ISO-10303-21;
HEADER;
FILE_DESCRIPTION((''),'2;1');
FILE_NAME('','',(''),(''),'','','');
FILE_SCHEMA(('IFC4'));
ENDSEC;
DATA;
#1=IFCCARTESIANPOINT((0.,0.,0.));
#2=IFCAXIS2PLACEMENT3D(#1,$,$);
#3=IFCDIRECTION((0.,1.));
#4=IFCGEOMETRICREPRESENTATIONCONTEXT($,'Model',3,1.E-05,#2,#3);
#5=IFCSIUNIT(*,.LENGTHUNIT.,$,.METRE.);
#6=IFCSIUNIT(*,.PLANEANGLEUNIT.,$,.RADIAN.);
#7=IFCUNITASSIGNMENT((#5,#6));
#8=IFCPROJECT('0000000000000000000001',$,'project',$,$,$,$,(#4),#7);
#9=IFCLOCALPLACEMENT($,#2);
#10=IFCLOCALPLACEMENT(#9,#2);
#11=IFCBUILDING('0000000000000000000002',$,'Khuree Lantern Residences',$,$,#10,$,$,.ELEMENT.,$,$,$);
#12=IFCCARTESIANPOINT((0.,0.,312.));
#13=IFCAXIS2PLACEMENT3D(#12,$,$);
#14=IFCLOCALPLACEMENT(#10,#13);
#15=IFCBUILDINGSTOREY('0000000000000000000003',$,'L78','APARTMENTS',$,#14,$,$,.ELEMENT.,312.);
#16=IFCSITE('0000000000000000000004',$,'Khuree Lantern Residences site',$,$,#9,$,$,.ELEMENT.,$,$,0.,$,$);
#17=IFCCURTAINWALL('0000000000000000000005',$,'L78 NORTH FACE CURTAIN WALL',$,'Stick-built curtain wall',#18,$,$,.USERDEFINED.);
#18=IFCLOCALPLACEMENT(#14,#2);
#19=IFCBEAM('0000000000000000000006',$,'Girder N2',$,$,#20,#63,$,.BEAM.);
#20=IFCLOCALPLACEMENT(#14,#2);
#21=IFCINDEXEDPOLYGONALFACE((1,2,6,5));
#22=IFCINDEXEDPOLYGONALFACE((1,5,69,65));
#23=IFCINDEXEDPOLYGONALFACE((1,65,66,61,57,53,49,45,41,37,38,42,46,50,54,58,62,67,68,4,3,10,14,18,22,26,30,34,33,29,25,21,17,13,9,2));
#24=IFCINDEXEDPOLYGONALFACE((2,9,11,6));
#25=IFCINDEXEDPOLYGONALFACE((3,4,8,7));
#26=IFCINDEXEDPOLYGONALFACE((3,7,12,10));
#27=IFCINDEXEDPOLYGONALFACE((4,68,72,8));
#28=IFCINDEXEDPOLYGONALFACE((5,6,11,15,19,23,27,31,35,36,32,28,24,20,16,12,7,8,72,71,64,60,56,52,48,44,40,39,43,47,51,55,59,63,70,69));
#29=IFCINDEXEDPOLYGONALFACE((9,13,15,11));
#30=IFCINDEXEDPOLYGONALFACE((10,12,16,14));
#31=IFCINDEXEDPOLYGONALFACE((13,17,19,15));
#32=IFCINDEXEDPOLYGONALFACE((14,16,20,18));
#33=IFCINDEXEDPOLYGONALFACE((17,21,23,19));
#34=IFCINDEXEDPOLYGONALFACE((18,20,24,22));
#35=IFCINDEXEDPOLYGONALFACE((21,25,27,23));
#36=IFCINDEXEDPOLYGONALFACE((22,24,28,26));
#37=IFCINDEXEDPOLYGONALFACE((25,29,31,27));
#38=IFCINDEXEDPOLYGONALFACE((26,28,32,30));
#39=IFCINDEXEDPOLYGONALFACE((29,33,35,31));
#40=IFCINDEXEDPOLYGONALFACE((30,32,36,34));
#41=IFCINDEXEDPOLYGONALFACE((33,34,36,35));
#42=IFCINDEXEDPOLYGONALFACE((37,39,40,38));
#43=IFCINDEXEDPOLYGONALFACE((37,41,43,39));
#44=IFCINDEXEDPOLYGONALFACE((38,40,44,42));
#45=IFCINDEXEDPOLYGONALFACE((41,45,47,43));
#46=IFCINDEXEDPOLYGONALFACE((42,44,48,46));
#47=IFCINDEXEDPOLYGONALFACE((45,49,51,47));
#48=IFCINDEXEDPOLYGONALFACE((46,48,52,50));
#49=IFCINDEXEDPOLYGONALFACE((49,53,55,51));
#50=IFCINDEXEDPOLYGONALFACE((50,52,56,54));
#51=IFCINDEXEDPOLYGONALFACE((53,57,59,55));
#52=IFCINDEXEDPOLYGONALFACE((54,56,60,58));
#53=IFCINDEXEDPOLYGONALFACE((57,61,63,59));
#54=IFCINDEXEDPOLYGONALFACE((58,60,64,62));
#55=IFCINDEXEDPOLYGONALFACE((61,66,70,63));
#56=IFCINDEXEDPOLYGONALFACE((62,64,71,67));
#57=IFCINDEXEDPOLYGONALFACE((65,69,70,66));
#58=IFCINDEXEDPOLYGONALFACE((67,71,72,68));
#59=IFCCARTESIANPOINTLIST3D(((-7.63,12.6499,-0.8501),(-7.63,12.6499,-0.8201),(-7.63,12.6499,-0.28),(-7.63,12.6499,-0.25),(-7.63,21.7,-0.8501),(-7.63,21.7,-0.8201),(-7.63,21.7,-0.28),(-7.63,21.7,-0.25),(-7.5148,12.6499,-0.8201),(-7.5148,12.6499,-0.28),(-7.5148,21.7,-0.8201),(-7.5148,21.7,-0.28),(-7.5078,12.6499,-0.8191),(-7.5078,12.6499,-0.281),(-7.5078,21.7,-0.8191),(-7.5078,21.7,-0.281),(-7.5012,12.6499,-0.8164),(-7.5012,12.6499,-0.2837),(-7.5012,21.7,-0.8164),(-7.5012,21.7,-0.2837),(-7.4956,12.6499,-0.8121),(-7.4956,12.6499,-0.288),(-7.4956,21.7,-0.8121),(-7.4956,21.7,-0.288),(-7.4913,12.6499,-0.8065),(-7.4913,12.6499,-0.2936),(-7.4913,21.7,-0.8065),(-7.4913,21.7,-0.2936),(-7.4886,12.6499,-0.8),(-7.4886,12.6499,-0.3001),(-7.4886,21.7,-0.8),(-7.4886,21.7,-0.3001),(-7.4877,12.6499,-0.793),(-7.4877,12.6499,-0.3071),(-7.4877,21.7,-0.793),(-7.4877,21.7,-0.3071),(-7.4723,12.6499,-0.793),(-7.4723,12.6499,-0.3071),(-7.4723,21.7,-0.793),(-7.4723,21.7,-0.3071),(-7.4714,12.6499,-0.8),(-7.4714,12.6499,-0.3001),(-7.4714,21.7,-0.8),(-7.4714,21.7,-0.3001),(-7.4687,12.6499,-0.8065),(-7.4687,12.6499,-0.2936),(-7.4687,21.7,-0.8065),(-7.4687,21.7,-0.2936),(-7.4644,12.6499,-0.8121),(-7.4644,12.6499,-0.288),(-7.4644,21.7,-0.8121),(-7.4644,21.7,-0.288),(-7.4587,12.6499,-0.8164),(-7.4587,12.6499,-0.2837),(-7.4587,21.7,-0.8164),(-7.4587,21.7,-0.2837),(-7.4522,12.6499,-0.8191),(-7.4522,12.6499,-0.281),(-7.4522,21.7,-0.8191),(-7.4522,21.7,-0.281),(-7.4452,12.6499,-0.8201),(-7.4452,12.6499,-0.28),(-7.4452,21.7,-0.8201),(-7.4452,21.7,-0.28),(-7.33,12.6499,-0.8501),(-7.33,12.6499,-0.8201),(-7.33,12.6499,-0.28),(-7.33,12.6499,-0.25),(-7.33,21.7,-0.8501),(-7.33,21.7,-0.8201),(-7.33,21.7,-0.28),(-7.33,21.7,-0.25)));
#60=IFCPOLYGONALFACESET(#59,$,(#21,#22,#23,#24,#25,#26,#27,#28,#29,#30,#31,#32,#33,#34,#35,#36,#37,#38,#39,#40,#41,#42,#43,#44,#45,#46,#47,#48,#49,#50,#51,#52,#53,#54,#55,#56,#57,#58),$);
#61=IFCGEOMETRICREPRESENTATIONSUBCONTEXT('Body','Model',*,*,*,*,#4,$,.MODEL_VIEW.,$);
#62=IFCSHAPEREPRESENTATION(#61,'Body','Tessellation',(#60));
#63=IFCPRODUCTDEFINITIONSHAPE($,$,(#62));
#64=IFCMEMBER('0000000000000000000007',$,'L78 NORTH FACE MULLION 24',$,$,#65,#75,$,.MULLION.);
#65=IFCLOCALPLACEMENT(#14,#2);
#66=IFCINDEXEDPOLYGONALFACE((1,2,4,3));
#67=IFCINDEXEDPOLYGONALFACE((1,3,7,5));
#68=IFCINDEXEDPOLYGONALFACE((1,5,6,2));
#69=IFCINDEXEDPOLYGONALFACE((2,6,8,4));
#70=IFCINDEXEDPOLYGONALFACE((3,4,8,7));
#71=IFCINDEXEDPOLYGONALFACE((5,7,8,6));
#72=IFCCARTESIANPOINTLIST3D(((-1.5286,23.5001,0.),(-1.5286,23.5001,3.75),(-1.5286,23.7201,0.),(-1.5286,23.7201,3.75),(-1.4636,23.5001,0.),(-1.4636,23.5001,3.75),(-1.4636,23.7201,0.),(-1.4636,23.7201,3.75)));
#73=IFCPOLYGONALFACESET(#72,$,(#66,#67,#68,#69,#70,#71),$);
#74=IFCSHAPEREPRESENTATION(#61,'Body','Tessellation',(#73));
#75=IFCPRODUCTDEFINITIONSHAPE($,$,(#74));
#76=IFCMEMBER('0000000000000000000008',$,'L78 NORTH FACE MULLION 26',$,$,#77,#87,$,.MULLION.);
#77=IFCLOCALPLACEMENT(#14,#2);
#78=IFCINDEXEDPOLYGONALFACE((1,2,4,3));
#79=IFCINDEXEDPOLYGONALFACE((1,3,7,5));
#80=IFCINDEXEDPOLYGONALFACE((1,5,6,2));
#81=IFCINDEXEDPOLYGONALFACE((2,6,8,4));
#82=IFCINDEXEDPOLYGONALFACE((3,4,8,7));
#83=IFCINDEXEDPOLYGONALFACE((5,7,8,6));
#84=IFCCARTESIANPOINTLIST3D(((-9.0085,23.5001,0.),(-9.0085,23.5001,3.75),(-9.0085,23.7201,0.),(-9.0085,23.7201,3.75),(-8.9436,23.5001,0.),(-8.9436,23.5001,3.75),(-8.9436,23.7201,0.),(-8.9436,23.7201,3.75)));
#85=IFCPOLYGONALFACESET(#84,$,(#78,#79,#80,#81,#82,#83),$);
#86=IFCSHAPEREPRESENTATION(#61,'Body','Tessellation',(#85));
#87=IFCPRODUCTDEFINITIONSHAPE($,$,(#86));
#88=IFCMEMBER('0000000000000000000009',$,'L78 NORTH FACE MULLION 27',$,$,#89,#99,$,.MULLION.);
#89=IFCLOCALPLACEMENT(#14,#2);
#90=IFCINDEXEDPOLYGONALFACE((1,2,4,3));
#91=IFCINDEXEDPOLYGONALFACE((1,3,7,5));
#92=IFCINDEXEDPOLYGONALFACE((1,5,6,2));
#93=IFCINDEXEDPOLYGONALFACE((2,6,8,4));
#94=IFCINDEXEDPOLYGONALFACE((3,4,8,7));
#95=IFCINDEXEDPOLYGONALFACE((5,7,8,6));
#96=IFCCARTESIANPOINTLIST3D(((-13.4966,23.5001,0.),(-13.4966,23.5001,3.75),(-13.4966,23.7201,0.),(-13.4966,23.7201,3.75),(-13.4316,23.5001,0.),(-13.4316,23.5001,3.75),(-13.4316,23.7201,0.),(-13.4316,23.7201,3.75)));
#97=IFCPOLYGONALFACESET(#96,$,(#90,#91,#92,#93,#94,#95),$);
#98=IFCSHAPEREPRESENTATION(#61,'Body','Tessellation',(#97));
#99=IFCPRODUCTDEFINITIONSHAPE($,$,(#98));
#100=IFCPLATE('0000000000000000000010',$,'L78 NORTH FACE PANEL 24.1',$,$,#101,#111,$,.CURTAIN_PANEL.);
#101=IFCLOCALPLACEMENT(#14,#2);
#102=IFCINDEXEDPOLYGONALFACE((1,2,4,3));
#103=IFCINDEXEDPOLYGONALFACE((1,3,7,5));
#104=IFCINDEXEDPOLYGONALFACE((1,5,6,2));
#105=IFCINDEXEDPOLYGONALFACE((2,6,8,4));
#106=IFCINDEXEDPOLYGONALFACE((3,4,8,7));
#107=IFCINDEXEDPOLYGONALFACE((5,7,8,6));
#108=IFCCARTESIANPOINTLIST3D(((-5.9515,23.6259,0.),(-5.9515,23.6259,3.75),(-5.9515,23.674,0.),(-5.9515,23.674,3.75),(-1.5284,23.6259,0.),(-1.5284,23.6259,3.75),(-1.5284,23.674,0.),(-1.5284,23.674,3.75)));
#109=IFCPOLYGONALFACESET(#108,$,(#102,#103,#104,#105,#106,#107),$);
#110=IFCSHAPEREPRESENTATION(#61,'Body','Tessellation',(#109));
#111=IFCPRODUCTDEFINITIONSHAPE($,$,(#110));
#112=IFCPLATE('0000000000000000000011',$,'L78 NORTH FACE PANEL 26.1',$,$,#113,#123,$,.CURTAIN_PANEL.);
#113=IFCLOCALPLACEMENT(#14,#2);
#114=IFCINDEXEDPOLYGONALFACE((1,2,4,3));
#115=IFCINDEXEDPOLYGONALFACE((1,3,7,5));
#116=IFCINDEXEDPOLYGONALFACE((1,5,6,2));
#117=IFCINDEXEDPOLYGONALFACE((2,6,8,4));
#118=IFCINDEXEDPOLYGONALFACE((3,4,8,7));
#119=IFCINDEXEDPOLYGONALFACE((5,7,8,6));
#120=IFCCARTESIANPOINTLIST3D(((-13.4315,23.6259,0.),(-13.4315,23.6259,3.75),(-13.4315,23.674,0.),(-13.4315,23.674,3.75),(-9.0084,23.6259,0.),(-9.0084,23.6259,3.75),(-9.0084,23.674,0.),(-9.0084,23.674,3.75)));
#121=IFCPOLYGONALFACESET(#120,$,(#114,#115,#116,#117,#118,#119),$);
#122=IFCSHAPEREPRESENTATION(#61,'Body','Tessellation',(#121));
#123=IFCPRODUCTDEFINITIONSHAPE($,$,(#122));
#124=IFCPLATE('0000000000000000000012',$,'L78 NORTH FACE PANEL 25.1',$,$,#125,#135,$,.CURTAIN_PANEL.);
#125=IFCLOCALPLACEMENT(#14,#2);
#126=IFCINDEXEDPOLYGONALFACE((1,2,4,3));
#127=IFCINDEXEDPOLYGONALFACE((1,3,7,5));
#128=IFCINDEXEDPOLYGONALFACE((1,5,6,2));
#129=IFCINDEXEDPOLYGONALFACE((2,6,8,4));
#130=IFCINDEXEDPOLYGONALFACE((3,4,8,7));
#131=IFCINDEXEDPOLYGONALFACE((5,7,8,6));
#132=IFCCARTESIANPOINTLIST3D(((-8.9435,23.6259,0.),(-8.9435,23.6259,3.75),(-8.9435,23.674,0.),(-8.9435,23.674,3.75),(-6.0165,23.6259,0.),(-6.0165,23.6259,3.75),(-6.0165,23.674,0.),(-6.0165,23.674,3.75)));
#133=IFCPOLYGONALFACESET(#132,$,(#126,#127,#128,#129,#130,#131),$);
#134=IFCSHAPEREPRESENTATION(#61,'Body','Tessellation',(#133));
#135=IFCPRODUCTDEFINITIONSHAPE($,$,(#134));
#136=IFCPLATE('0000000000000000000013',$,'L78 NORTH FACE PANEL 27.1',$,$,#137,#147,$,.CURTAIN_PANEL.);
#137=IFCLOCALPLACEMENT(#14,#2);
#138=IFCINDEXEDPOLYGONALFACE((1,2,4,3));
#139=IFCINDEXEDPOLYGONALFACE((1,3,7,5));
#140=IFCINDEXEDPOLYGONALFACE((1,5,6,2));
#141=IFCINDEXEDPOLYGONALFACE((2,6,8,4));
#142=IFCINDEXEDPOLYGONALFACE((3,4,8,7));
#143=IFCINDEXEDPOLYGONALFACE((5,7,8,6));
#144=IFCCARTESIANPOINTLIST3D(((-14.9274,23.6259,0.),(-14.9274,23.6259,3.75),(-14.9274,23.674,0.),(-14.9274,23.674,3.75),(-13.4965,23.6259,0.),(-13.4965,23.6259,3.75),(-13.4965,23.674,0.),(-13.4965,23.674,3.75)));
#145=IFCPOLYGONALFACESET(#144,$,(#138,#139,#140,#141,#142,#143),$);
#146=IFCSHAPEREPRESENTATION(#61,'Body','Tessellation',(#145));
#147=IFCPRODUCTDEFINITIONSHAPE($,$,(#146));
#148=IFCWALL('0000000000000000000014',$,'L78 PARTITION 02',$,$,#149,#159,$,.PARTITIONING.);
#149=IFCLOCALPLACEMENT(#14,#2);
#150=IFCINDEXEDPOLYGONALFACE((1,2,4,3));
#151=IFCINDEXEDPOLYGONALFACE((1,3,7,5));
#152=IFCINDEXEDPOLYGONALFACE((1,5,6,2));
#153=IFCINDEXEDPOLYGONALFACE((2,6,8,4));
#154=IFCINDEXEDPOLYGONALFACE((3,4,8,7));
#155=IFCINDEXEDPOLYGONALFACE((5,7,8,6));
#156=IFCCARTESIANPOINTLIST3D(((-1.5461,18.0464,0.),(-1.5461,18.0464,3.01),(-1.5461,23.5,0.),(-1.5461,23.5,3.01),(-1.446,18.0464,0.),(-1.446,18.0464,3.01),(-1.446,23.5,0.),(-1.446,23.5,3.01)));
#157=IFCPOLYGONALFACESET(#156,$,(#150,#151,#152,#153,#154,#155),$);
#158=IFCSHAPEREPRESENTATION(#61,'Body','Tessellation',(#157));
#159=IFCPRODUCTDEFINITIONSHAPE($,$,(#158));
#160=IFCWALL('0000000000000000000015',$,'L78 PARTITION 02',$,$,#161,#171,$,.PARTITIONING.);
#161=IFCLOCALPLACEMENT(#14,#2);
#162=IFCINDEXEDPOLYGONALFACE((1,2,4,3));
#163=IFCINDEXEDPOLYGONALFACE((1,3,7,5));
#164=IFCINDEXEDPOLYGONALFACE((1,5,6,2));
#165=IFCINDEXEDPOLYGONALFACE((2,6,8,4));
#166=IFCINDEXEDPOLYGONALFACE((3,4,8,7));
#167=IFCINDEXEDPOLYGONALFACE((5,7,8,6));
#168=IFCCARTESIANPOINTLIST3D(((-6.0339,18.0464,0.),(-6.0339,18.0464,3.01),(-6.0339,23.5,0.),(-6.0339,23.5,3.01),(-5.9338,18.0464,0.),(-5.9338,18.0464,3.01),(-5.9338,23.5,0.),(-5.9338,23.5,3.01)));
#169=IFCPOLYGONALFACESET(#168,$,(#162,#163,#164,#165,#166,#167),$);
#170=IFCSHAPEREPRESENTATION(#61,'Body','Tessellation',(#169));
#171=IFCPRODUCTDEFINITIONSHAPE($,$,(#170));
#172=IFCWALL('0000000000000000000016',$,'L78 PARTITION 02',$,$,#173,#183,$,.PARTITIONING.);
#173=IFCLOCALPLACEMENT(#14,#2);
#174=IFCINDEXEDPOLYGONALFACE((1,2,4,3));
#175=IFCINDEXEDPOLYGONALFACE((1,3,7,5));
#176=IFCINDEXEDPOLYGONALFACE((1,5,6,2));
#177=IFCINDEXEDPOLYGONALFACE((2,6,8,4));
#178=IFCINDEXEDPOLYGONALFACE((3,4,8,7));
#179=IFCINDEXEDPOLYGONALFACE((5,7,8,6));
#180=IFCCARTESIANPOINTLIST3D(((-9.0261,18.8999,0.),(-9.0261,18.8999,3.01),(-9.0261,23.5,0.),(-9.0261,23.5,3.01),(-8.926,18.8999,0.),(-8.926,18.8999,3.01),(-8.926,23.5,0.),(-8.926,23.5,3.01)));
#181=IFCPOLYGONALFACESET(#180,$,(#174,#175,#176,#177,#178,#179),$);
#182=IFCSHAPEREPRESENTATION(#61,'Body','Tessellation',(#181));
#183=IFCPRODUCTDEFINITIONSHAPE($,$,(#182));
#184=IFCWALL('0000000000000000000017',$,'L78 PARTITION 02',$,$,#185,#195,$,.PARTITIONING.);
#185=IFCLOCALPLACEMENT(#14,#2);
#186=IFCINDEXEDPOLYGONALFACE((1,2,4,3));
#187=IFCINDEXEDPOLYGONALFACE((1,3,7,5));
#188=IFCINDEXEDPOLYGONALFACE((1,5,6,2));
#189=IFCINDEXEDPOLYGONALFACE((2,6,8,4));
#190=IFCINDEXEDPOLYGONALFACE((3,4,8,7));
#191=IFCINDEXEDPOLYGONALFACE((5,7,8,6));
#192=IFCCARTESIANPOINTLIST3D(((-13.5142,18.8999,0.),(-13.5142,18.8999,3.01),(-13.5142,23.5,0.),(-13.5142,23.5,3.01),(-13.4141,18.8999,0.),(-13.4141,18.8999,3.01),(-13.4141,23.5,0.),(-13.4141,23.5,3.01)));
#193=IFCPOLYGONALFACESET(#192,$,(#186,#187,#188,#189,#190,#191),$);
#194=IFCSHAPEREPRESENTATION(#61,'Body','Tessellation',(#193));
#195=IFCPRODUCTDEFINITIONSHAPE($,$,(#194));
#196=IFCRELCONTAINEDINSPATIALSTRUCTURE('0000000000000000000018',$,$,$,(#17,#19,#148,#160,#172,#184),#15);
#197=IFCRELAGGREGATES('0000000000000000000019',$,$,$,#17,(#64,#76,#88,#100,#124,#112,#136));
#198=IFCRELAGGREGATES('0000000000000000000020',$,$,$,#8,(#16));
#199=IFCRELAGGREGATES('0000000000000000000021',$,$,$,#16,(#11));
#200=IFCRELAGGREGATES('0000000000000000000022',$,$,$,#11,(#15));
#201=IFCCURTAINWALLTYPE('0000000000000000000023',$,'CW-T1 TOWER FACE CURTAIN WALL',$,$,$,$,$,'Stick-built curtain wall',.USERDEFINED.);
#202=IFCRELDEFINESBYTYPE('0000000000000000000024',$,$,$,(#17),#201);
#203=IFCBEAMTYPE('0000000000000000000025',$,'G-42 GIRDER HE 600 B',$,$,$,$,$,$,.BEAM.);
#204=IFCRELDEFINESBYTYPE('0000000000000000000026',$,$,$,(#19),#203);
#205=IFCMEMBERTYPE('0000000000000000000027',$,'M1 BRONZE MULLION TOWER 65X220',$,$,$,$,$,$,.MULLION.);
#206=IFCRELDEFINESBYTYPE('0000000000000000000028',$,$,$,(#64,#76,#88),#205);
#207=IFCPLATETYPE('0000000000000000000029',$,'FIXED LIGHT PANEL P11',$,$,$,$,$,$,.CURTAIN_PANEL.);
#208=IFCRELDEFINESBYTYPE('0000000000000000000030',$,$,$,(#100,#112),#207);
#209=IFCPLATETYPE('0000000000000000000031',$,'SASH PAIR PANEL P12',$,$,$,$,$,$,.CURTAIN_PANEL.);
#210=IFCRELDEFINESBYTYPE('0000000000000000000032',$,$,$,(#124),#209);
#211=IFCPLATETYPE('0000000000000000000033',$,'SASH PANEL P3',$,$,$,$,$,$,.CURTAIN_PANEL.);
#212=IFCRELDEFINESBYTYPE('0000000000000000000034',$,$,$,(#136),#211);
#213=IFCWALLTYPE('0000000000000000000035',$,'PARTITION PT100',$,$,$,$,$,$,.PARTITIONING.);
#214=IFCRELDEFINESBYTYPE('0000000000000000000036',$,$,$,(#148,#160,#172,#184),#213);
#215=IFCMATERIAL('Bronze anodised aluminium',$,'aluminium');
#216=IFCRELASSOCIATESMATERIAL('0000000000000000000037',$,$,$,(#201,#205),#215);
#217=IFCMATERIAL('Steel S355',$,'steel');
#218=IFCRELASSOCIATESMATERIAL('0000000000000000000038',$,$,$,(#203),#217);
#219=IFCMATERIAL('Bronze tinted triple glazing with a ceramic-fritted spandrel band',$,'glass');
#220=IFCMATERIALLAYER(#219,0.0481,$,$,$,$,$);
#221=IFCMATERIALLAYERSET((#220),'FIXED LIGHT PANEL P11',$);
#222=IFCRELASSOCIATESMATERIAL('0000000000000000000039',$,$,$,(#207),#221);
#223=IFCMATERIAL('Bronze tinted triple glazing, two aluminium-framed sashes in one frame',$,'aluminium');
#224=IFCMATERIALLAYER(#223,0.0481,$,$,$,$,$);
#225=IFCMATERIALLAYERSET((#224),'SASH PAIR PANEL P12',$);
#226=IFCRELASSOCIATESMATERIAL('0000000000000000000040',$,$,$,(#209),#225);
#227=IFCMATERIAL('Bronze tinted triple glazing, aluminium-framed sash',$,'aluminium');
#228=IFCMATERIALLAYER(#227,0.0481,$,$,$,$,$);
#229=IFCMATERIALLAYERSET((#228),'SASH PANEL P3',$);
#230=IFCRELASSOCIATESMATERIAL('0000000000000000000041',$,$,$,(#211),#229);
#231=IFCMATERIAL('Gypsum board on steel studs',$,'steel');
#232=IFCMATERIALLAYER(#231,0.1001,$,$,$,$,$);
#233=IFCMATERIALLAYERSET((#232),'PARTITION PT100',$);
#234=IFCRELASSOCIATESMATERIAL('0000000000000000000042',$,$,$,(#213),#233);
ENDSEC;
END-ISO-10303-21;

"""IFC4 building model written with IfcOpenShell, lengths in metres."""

from ifc_helpers import new_model, si_unit, direction, frame, frame_2d, origin, origin_2d, place, context, subcontext, project, spatial, rectangle, i_section, extrude, material, layer, layer_set, material_profile, profile_set, type_object, element, aggregate, save


model = new_model("IFC4")

# Units and contexts
model_context = context("Model", 3, precision=1e-05, world=origin(), true_north=direction((0.0, 1.0)))
body_context = subcontext(model_context, "Body", "Model", "MODEL_VIEW")
ifc_project = project(units=[si_unit("LENGTHUNIT", "METRE"), si_unit("PLANEANGLEUNIT", "RADIAN")], contexts=[model_context])

# Site, building, storey
site_placement = place(None, origin())
site = spatial("IfcSite", under=ifc_project, at=site_placement, Name="Khuree Lantern Residences site", CompositionType="ELEMENT", RefElevation=0.0)
building_placement = place(site_placement, origin())
building = spatial("IfcBuilding", under=site, at=building_placement, Name="Khuree Lantern Residences", CompositionType="ELEMENT")
storey_placement = place(building_placement, frame((0.0, 0.0, 312.0)))
storey = spatial("IfcBuildingStorey", under=building, at=storey_placement, Name="L78", Description="APARTMENTS", CompositionType="ELEMENT", Elevation=312.0)

# Shared definitions
ifc_material_1 = material(Name="Steel S355", Category="steel")

# Curtain wall
ifc_material_2 = material(Name="Bronze anodised aluminium", Category="aluminium")
curtain_wall_type = type_object("IfcCurtainWallType", Name="CW-T1 TOWER FACE CURTAIN WALL", ElementType="Stick-built curtain wall", PredefinedType="USERDEFINED", material=ifc_material_2)
curtain_wall_placement = place(storey_placement, origin())
curtain_wall = element("IfcCurtainWall", 1, at=curtain_wall_placement, inside=storey, type_object=curtain_wall_type, Name="L78 NORTH FACE CURTAIN WALL", ObjectType="Stick-built curtain wall", PredefinedType="USERDEFINED")

# Beam
ifc_material_profile_1 = material_profile(ifc_material_1, i_section(OverallWidth=0.3, OverallDepth=0.6001, WebThickness=0.0154, FlangeThickness=0.03, FilletRadius=0.0271, at=origin_2d()), Name="HE 600 B")
ifc_profile_set_1 = profile_set([ifc_material_profile_1], Name="Steel S355")
beam_type_1 = type_object("IfcBeamType", Name="G-42 GIRDER HE 600 B", PredefinedType="BEAM", material=ifc_profile_set_1)
beam_1_placement = place(storey_placement, frame((-7.48, 21.7, -0.55), z_axis=(0.0, -1.0, 0.0), x_axis=(1.0, 0.0, 0.0)))
element("IfcBeam", 2, at=beam_1_placement, inside=storey, type_object=beam_type_1, Name="Girder N2", PredefinedType="BEAM", context=body_context, shape_type="SweptSolid", body=[
    extrude(i_section(OverallWidth=0.3, OverallDepth=0.6001, WebThickness=0.0154, FlangeThickness=0.03, FilletRadius=0.0271, at=origin_2d()), origin(), (0.0, 0.0, 1.0), 9.05),
])

# Members
ifc_material_profile_2 = material_profile(ifc_material_2, rectangle(XDim=0.0649, YDim=0.22, at=origin_2d()), Name="M1 65X220")
ifc_profile_set_2 = profile_set([ifc_material_profile_2], Name="Bronze anodised aluminium")
member_type_1 = type_object("IfcMemberType", Name="M1 BRONZE MULLION TOWER 65X220", PredefinedType="MULLION", material=ifc_profile_set_2)
member_1_placement = place(storey_placement, frame((-1.4961, 23.6101, 0.0), z_axis=(0.0, 0.0, 1.0), x_axis=(-1.0, 0.0, 0.0)))
member_1 = element("IfcMember", 3, at=member_1_placement, type_object=member_type_1, Name="L78 NORTH FACE MULLION 24", PredefinedType="MULLION", context=body_context, shape_type="SweptSolid", body=[
    extrude(rectangle(XDim=0.0649, YDim=0.22, at=origin_2d()), origin(), (0.0, 0.0, 1.0), 3.75),
])
member_2_placement = place(storey_placement, frame((-8.9761, 23.6101, 0.0), z_axis=(0.0, 0.0, 1.0), x_axis=(-1.0, 0.0, 0.0)))
member_2 = element("IfcMember", 4, at=member_2_placement, type_object=member_type_1, Name="L78 NORTH FACE MULLION 26", PredefinedType="MULLION", context=body_context, shape_type="SweptSolid", body=[
    extrude(rectangle(XDim=0.0649, YDim=0.22, at=origin_2d()), origin(), (0.0, 0.0, 1.0), 3.75),
])
member_3_placement = place(storey_placement, frame((-13.4641, 23.6101, 0.0), z_axis=(0.0, 0.0, 1.0), x_axis=(-1.0, 0.0, 0.0)))
member_3 = element("IfcMember", 5, at=member_3_placement, type_object=member_type_1, Name="L78 NORTH FACE MULLION 27", PredefinedType="MULLION", context=body_context, shape_type="SweptSolid", body=[
    extrude(rectangle(XDim=0.0649, YDim=0.22, at=origin_2d()), origin(), (0.0, 0.0, 1.0), 3.75),
])

# Plates
ifc_material_3 = material(Name="Bronze tinted triple glazing with a ceramic-fritted spandrel band", Category="glass")
ifc_layer_1 = layer(ifc_material_3, 0.0481)
ifc_layer_set_1 = layer_set([ifc_layer_1], Name="FIXED LIGHT PANEL P11")
plate_type_1 = type_object("IfcPlateType", Name="FIXED LIGHT PANEL P11", PredefinedType="CURTAIN_PANEL", material=ifc_layer_set_1)
plate_1_placement = place(storey_placement, frame((-3.74, 23.6499, 0.0), z_axis=(0.0, 0.0, 1.0), x_axis=(-1.0, 0.0, 0.0)))
plate_1 = element("IfcPlate", 6, at=plate_1_placement, type_object=plate_type_1, Name="L78 NORTH FACE PANEL 24.1", PredefinedType="CURTAIN_PANEL", context=body_context, shape_type="SweptSolid", body=[
    extrude(rectangle(XDim=4.4231, YDim=0.0481, at=origin_2d()), origin(), (0.0, 0.0, 1.0), 3.75),
])
plate_2_placement = place(storey_placement, frame((-11.22, 23.6499, 0.0), z_axis=(0.0, 0.0, 1.0), x_axis=(-1.0, 0.0, 0.0)))
plate_2 = element("IfcPlate", 7, at=plate_2_placement, type_object=plate_type_1, Name="L78 NORTH FACE PANEL 26.1", PredefinedType="CURTAIN_PANEL", context=body_context, shape_type="SweptSolid", body=[
    extrude(rectangle(XDim=4.4231, YDim=0.0481, at=origin_2d()), origin(), (0.0, 0.0, 1.0), 3.75),
])
ifc_material_4 = material(Name="Bronze tinted triple glazing, two aluminium-framed sashes in one frame", Category="aluminium")
ifc_layer_2 = layer(ifc_material_4, 0.0481)
ifc_layer_set_2 = layer_set([ifc_layer_2], Name="SASH PAIR PANEL P12")
plate_type_2 = type_object("IfcPlateType", Name="SASH PAIR PANEL P12", PredefinedType="CURTAIN_PANEL", material=ifc_layer_set_2)
plate_3_placement = place(storey_placement, frame((-7.48, 23.6499, 0.0), z_axis=(0.0, 0.0, 1.0), x_axis=(-1.0, 0.0, 0.0)))
plate_3 = element("IfcPlate", 8, at=plate_3_placement, type_object=plate_type_2, Name="L78 NORTH FACE PANEL 25.1", PredefinedType="CURTAIN_PANEL", context=body_context, shape_type="SweptSolid", body=[
    extrude(rectangle(XDim=2.927, YDim=0.0481, at=origin_2d()), origin(), (0.0, 0.0, 1.0), 3.75),
])
ifc_material_5 = material(Name="Bronze tinted triple glazing, aluminium-framed sash", Category="aluminium")
ifc_layer_3 = layer(ifc_material_5, 0.0481)
ifc_layer_set_3 = layer_set([ifc_layer_3], Name="SASH PANEL P3")
plate_type_3 = type_object("IfcPlateType", Name="SASH PANEL P3", PredefinedType="CURTAIN_PANEL", material=ifc_layer_set_3)
plate_4_placement = place(storey_placement, frame((-14.2119, 23.6499, 0.0), z_axis=(0.0, 0.0, 1.0), x_axis=(-1.0, 0.0, 0.0)))
plate_4 = element("IfcPlate", 9, at=plate_4_placement, type_object=plate_type_3, Name="L78 NORTH FACE PANEL 27.1", PredefinedType="CURTAIN_PANEL", context=body_context, shape_type="SweptSolid", body=[
    extrude(rectangle(XDim=1.4309, YDim=0.0481, at=origin_2d()), origin(), (0.0, 0.0, 1.0), 3.75),
])
aggregate(curtain_wall, [member_1, member_2, member_3, plate_1, plate_3, plate_2, plate_4])

# Walls
ifc_material_6 = material(Name="Gypsum board on steel studs", Category="steel")
ifc_layer_4 = layer(ifc_material_6, 0.1001)
ifc_layer_set_4 = layer_set([ifc_layer_4], Name="PARTITION PT100")
wall_type = type_object("IfcWallType", Name="PARTITION PT100", PredefinedType="PARTITIONING", material=ifc_layer_set_4)
for number, where, z_axis, x_axis, name in (
    (10, (-1.4961, 18.0464, 0.0), (0.0, 0.0, 1.0), (0.0, 1.0, 0.0), "L78 PARTITION 02"),
    (11, (-5.9839, 18.0464, 0.0), (0.0, 0.0, 1.0), (0.0, 1.0, 0.0), "L78 PARTITION 02"),
):
    element("IfcWall", number, at=place(storey_placement, frame(where, z_axis=z_axis, x_axis=x_axis)), inside=storey, type_object=wall_type, Name=name, PredefinedType="PARTITIONING", context=body_context, shape_type="SweptSolid", body=[
        extrude(rectangle(XDim=5.4536, YDim=0.1001, at=frame_2d((2.7268, 0.0))), origin(), (0.0, 0.0, 1.0), 3.01),
    ])
for number, where, z_axis, x_axis, name in (
    (12, (-8.9761, 18.8999, 0.0), (0.0, 0.0, 1.0), (0.0, 1.0, 0.0), "L78 PARTITION 02"),
    (13, (-13.4641, 18.8999, 0.0), (0.0, 0.0, 1.0), (0.0, 1.0, 0.0), "L78 PARTITION 02"),
):
    element("IfcWall", number, at=place(storey_placement, frame(where, z_axis=z_axis, x_axis=x_axis)), inside=storey, type_object=wall_type, Name=name, PredefinedType="PARTITIONING", context=body_context, shape_type="SweptSolid", body=[
        extrude(rectangle(XDim=4.6001, YDim=0.1001, at=frame_2d((2.3, 0.0))), origin(), (0.0, 0.0, 1.0), 3.01),
    ])

save(model, "model.ifc")
